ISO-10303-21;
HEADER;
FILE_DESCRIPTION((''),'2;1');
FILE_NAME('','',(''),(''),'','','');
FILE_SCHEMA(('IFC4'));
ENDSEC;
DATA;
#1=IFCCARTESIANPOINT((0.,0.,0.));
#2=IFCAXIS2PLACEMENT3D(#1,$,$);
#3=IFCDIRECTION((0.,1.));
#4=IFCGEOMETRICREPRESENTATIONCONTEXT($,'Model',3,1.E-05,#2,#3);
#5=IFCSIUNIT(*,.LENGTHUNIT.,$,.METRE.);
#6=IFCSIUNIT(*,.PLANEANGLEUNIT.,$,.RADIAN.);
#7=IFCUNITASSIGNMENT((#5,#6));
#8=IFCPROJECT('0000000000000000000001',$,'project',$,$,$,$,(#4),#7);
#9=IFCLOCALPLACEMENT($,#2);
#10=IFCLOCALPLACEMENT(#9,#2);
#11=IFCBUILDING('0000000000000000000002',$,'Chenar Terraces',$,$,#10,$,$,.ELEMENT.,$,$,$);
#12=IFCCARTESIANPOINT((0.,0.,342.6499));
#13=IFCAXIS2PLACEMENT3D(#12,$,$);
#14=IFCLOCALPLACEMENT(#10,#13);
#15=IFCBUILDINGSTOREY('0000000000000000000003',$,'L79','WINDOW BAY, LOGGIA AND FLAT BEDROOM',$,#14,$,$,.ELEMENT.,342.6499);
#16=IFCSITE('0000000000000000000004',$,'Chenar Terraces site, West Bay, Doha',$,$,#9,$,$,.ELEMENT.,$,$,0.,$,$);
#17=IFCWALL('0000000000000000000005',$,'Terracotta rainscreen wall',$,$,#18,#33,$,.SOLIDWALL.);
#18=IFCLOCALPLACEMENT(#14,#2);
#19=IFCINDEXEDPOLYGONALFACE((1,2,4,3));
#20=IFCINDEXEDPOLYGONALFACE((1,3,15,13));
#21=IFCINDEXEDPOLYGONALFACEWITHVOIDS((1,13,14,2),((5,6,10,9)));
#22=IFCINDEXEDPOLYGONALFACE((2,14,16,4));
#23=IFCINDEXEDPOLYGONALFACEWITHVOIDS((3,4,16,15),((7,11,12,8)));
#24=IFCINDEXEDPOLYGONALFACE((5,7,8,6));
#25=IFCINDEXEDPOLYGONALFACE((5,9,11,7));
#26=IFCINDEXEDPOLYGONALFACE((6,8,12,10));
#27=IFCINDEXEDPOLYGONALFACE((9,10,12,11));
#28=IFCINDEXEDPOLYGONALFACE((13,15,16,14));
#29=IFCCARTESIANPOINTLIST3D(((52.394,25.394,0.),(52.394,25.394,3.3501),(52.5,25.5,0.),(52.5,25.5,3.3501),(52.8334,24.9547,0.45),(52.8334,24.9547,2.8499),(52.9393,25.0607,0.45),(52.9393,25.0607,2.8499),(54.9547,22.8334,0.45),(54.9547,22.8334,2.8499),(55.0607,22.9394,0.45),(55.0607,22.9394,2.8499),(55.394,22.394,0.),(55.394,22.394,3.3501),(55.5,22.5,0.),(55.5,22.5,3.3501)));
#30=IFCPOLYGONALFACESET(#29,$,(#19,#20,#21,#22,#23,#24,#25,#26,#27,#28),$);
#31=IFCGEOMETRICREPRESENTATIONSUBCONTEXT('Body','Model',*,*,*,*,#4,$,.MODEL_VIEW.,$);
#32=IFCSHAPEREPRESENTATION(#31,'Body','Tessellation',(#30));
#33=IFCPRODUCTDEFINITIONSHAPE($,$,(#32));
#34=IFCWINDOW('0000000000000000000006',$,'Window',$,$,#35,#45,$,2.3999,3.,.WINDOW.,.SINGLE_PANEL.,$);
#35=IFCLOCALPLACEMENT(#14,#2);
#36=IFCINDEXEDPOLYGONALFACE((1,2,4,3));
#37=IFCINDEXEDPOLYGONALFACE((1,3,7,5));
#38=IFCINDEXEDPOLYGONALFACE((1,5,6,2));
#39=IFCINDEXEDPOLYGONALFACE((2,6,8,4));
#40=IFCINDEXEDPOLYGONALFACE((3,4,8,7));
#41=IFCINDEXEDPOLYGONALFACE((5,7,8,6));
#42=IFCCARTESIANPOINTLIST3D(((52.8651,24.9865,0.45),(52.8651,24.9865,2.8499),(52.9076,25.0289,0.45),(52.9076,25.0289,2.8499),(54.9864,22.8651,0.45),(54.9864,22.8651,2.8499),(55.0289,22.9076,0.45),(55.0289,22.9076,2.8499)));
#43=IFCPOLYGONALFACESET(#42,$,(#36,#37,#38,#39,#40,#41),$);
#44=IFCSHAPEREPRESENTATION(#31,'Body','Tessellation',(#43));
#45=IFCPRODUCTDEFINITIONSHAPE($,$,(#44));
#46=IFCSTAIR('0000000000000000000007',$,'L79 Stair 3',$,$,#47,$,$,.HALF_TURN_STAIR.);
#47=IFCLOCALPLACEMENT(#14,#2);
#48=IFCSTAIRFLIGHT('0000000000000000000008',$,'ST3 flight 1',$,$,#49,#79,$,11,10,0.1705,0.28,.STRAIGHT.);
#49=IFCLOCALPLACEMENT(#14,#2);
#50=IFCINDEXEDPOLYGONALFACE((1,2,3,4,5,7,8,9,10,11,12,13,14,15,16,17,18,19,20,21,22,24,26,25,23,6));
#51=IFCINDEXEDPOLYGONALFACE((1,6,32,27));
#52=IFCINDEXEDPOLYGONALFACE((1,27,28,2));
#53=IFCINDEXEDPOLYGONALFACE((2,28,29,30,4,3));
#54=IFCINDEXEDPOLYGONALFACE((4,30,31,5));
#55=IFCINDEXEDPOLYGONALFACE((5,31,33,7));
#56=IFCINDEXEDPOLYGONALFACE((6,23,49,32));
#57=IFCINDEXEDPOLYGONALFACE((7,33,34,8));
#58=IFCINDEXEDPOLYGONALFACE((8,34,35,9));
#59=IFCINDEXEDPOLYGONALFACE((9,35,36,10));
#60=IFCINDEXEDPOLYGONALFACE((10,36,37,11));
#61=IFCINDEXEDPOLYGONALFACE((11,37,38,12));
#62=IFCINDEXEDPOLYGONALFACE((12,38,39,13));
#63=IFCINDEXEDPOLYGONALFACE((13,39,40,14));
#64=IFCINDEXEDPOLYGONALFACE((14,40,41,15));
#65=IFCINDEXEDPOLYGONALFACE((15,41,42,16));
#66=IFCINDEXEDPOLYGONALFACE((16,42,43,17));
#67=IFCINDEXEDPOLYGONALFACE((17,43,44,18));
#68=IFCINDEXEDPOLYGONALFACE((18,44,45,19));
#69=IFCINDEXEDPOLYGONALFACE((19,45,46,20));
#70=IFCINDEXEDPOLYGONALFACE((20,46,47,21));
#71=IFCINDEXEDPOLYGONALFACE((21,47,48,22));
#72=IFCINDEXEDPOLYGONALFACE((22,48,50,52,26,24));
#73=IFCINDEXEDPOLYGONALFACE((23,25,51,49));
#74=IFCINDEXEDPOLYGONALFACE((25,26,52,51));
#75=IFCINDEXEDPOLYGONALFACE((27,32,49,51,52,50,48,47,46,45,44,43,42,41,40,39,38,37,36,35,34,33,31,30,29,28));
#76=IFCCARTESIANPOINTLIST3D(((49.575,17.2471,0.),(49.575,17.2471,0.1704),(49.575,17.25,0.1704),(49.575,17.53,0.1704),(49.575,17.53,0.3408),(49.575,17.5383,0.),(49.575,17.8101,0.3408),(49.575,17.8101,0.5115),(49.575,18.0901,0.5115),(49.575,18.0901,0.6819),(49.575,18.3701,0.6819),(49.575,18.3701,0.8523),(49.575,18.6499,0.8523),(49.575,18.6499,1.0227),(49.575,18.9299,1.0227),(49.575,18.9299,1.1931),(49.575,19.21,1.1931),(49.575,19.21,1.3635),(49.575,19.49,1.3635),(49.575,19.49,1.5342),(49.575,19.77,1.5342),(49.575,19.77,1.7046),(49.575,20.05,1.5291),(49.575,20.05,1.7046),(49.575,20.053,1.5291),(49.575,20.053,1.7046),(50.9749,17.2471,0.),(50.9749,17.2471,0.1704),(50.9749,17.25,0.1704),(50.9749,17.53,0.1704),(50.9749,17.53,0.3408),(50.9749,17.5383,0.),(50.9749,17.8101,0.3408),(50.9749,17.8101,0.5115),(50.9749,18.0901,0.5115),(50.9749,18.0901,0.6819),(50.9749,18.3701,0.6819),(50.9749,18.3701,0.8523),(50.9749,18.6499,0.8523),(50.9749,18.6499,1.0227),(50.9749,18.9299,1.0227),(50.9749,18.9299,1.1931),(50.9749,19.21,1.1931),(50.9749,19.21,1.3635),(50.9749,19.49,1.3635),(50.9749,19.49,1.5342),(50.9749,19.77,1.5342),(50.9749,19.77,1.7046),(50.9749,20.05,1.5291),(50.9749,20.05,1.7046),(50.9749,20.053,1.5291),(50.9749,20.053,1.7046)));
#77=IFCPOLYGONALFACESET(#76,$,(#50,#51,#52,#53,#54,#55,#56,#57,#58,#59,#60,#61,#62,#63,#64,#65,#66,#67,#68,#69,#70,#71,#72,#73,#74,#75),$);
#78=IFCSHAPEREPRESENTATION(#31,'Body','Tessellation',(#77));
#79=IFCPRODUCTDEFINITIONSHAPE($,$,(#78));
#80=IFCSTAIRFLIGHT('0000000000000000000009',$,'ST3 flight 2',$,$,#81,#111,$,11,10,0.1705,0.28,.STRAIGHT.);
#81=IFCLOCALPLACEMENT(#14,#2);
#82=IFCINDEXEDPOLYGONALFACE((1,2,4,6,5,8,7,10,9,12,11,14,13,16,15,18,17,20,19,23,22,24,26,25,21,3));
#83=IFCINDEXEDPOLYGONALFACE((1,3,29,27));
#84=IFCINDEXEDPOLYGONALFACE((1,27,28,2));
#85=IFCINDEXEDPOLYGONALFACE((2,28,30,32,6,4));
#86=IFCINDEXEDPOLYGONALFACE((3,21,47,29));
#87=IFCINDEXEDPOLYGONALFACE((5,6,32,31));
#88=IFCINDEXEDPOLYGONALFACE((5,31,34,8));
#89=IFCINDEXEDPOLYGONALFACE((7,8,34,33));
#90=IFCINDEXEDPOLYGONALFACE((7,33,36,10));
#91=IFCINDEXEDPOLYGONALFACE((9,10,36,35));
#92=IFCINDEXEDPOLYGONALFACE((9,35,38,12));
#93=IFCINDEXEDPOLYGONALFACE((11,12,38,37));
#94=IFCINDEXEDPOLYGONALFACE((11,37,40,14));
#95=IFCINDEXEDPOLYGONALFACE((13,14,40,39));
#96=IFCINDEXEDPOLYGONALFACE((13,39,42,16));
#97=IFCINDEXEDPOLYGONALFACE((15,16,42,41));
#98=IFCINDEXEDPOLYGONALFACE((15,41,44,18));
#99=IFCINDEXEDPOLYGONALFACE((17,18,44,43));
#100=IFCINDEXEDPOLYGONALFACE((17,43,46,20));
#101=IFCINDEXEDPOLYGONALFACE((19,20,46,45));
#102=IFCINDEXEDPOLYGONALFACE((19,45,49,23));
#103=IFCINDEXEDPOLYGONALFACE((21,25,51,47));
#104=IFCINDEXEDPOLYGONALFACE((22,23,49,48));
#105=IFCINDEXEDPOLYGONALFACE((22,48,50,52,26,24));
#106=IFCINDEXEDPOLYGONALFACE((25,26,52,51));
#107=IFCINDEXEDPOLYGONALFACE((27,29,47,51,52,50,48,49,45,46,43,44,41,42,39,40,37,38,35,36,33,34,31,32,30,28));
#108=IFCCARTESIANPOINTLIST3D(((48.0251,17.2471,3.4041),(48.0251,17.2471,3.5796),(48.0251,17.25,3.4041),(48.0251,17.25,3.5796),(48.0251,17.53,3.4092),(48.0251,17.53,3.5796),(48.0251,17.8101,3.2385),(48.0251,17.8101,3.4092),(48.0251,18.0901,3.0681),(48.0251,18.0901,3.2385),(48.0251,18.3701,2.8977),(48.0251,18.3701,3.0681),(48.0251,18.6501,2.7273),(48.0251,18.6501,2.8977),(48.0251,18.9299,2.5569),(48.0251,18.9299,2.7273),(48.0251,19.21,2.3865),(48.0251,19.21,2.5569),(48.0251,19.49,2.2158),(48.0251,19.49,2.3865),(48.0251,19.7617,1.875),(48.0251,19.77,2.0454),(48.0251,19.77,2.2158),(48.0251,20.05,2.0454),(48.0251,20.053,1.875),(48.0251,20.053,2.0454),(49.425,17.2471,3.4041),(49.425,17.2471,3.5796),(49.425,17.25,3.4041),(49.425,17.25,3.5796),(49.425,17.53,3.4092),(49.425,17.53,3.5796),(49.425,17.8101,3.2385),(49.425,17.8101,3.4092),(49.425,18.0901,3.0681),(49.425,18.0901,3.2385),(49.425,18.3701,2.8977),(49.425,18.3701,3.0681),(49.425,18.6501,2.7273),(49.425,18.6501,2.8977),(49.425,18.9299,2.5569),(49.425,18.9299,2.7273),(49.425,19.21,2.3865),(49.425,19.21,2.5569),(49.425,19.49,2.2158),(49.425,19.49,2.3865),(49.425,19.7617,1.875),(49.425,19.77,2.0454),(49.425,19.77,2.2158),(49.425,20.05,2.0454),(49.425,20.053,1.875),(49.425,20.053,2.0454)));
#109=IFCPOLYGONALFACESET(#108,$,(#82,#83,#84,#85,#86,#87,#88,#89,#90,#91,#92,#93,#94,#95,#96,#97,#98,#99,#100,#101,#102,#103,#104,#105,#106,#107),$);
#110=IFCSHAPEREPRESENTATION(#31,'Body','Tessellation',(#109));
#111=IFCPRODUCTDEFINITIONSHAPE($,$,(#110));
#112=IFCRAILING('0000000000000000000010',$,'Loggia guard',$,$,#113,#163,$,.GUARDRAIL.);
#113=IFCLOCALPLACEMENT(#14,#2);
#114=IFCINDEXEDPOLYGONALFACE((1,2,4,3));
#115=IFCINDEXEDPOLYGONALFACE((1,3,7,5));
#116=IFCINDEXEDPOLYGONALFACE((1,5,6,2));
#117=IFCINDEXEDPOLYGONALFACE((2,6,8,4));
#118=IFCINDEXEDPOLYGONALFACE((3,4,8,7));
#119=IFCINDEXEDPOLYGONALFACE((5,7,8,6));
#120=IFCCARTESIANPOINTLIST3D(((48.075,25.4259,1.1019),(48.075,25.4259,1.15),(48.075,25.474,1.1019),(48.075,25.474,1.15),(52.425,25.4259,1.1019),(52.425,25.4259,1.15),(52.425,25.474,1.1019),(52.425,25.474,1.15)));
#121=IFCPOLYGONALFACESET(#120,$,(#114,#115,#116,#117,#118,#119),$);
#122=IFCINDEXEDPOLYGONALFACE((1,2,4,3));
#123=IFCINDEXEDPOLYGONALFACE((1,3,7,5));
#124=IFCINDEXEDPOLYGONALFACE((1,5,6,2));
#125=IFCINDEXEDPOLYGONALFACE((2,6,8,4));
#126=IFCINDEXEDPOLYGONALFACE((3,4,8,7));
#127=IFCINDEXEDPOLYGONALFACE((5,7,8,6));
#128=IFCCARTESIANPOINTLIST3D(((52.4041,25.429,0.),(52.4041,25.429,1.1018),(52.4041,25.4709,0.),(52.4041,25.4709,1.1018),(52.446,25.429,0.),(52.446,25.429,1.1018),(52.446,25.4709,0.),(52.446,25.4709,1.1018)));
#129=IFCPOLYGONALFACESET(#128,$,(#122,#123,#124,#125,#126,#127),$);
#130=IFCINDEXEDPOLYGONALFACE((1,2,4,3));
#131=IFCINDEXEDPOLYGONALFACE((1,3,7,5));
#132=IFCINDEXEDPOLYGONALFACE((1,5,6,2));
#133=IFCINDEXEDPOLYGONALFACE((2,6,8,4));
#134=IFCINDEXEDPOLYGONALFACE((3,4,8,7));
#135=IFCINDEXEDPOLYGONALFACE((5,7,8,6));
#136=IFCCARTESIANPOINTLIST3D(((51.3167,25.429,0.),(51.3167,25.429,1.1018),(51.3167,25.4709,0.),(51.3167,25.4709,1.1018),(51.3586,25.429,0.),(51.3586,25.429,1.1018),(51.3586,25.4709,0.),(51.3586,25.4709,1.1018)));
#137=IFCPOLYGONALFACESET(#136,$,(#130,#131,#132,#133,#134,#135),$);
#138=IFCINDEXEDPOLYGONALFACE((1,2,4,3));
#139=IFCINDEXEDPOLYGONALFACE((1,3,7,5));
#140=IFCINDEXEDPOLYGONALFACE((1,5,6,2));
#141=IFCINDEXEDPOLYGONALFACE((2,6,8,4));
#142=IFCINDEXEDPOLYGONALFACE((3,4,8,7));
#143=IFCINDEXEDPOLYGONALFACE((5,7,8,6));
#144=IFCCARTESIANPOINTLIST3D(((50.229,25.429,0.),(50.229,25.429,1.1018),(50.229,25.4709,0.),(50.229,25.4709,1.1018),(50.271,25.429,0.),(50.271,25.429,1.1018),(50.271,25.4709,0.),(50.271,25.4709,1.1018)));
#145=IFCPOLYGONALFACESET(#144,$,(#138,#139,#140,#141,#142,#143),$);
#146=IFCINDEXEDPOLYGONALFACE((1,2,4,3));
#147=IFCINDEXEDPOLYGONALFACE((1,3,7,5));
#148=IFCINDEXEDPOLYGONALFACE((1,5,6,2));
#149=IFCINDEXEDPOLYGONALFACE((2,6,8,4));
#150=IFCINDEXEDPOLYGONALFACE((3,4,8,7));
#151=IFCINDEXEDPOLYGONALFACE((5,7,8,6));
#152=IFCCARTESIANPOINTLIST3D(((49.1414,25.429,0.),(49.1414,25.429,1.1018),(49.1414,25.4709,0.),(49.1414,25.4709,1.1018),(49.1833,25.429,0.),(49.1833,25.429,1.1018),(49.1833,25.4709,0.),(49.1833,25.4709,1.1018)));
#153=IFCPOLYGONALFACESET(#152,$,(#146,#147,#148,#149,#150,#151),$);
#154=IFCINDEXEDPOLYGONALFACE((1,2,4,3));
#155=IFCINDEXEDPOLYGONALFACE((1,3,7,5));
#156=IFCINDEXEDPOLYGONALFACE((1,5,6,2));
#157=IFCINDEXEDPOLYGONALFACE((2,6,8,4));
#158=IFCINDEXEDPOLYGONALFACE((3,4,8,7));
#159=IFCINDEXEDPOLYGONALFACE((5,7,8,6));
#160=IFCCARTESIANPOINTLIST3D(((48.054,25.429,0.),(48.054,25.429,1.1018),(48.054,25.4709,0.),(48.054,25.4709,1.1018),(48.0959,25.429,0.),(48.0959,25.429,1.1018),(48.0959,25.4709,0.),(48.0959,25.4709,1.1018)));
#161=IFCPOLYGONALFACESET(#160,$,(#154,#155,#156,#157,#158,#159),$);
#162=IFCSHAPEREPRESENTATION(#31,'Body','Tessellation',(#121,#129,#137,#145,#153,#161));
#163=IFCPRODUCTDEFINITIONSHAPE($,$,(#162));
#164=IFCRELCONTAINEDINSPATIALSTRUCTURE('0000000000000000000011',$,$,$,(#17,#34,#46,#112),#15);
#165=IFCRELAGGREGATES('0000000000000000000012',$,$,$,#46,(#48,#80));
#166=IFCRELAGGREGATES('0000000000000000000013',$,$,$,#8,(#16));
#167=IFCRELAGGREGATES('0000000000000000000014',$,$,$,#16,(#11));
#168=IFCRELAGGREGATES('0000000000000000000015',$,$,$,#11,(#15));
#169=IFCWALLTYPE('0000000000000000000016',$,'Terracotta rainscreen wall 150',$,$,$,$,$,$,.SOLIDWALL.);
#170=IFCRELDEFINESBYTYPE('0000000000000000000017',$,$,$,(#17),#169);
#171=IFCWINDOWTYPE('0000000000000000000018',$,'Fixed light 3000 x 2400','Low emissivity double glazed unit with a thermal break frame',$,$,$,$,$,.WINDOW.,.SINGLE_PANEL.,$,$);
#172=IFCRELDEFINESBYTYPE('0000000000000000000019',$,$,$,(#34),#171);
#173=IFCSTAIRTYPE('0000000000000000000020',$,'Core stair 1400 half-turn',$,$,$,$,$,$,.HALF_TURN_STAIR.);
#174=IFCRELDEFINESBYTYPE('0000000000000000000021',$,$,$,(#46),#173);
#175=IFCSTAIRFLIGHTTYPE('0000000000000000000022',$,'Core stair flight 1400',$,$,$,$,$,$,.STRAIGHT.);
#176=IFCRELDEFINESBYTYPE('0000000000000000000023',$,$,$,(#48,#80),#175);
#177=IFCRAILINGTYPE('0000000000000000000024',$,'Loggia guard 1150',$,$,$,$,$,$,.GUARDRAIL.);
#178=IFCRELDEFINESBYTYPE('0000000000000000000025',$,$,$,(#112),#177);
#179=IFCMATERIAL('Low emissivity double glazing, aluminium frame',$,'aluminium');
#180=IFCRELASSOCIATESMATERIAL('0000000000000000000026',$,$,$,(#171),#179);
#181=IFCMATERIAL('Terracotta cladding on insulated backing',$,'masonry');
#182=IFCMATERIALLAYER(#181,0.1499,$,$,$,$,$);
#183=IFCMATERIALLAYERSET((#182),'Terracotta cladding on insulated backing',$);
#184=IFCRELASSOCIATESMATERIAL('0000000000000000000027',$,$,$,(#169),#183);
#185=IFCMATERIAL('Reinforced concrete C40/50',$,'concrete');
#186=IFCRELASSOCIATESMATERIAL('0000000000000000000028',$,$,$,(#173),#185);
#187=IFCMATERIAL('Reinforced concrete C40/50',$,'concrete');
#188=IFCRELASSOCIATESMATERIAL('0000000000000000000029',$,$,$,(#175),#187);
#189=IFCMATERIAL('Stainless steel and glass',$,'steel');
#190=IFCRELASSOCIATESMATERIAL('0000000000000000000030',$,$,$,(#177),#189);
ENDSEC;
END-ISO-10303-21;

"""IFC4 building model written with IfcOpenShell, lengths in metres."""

from ifc_helpers import new_model, si_unit, direction, frame, frame_2d, origin, origin_2d, place, context, subcontext, project, spatial, polyline, rectangle, outline, extrude, material, layer, layer_set, type_object, element, fill, aggregate, save


model = new_model("IFC4")

# Units and contexts
model_context = context("Model", 3, precision=1e-05, world=origin(), true_north=direction((0.0, 1.0)))
body_context = subcontext(model_context, "Body", "Model", "MODEL_VIEW")
ifc_project = project(units=[si_unit("LENGTHUNIT", "METRE"), si_unit("PLANEANGLEUNIT", "RADIAN")], contexts=[model_context])

# Site, building, storey
site_placement = place(None, origin())
site = spatial("IfcSite", under=ifc_project, at=site_placement, Name="Chenar Terraces site, West Bay, Doha", CompositionType="ELEMENT", RefElevation=0.0)
building_placement = place(site_placement, origin())
building = spatial("IfcBuilding", under=site, at=building_placement, Name="Chenar Terraces", CompositionType="ELEMENT")
storey_placement = place(building_placement, frame((0.0, 0.0, 342.6499)))
storey = spatial("IfcBuildingStorey", under=building, at=storey_placement, Name="L79", Description="WINDOW BAY, LOGGIA AND FLAT BEDROOM", CompositionType="ELEMENT", Elevation=342.6499)

# Shared definitions
ifc_material_1 = material(Name="Low emissivity double glazing, aluminium frame", Category="aluminium")
window_type_1 = type_object("IfcWindowType", Name="Fixed light 3000 x 2400", Description="Low emissivity double glazed unit with a thermal break frame", PartitioningType="SINGLE_PANEL", PredefinedType="WINDOW", material=ifc_material_1)

# Wall, opening, window
ifc_material_2 = material(Name="Terracotta cladding on insulated backing", Category="masonry")
ifc_layer_1 = layer(ifc_material_2, 0.1499)
ifc_layer_set_1 = layer_set([ifc_layer_1], Name="Terracotta cladding on insulated backing")
wall_type_1 = type_object("IfcWallType", Name="Terracotta rainscreen wall 150", PredefinedType="SOLIDWALL", material=ifc_layer_set_1)
wall_1_placement = place(storey_placement, frame((55.447, 22.447, 0.0), z_axis=(0.0, 0.0, 1.0), x_axis=(-0.707107, 0.707107, 0.0)))
wall_1 = element("IfcWall", 1, at=wall_1_placement, inside=storey, type_object=wall_type_1, Name="Terracotta rainscreen wall", PredefinedType="SOLIDWALL", context=body_context, shape_type="SweptSolid", body=[
    extrude(rectangle(XDim=4.2427, YDim=0.1499, at=frame_2d((2.1213, 0.0))), origin(), (0.0, 0.0, 1.0), 3.3501),
])
opening_1_placement = place(wall_1_placement, frame((0.6213, 0.0, 0.45)))
opening_1 = element("IfcOpeningElement", 2, at=opening_1_placement, cuts=wall_1, PredefinedType="OPENING", context=body_context, shape_type="SweptSolid", body=[
    extrude(rectangle(XDim=3.0, YDim=2.3999, at=frame_2d((1.5, 1.2))), frame((0.0, 0.085, 0.0), z_axis=(0.0, -1.0, 0.0), x_axis=(1.0, 0.0, 0.0)), (0.0, 0.0, 1.0), 0.1699),
])
window_1_placement = place(opening_1_placement, origin())
window_1 = element("IfcWindow", 3, at=window_1_placement, inside=storey, type_object=window_type_1, Name="Window", OverallHeight=2.3999, OverallWidth=3.0, PartitioningType="SINGLE_PANEL", PredefinedType="WINDOW", context=body_context, shape_type="SweptSolid", body=[
    extrude(rectangle(XDim=3.0, YDim=2.3999, at=frame_2d((1.5, 1.2))), frame((0.0, 0.03, 0.0), z_axis=(0.0, -1.0, 0.0), x_axis=(1.0, 0.0, 0.0)), (0.0, 0.0, 1.0), 0.0601),
])
fill(opening_1, window_1)

# Stair, stair flights
ifc_material_3 = material(Name="Reinforced concrete C40/50", Category="concrete")
stair_type = type_object("IfcStairType", Name="Core stair 1400 half-turn", PredefinedType="HALF_TURN_STAIR", material=ifc_material_3)
stair_placement = place(storey_placement, origin())
stair = element("IfcStair", 4, at=stair_placement, inside=storey, type_object=stair_type, Name="L79 Stair 3", PredefinedType="HALF_TURN_STAIR")
ifc_material_4 = material(Name="Reinforced concrete C40/50", Category="concrete")
stair_flight_type = type_object("IfcStairFlightType", Name="Core stair flight 1400", PredefinedType="STRAIGHT", material=ifc_material_4)
stair_flight_1_placement = place(storey_placement, frame((50.2749, 17.25, 0.0), z_axis=(0.0, 0.0, 1.0), x_axis=(0.0, 1.0, 0.0)))
stair_flight_1 = element("IfcStairFlight", 5, at=stair_flight_1_placement, type_object=stair_flight_type, Name="ST3 flight 1", NumberOfRisers=11, NumberOfTreads=10, PredefinedType="STRAIGHT", RiserHeight=0.1705, TreadLength=0.28, context=body_context, shape_type="SweptSolid", body=[
    extrude(outline(polyline([(-0.0029, 0.0), (-0.0029, 0.1704), (0.0, 0.1704), (0.28, 0.1704), (0.28, 0.3408), (0.5601, 0.3408), (0.5601, 0.5115), (0.8401, 0.5115), (0.8401, 0.6819), (1.1201, 0.6819), (1.1201, 0.8523), (1.3999, 0.8523), (1.3999, 1.0227), (1.6799, 1.0227), (1.6799, 1.1931), (1.96, 1.1931), (1.96, 1.3635), (2.24, 1.3635), (2.24, 1.5342), (2.52, 1.5342), (2.52, 1.7046), (2.8, 1.7046), (2.803, 1.7046), (2.803, 1.5291), (2.8, 1.5291), (0.2883, 0.0), (-0.0029, 0.0)])), frame((0.0, 0.7, 0.0), z_axis=(0.0, -1.0, 0.0), x_axis=(1.0, 0.0, 0.0)), (0.0, 0.0, 1.0), 1.3999),
])
stair_flight_2_placement = place(storey_placement, frame((48.7251, 20.05, 1.875), z_axis=(0.0, 0.0, 1.0), x_axis=(0.0, -1.0, 0.0)))
stair_flight_2 = element("IfcStairFlight", 6, at=stair_flight_2_placement, type_object=stair_flight_type, Name="ST3 flight 2", NumberOfRisers=11, NumberOfTreads=10, PredefinedType="STRAIGHT", RiserHeight=0.1705, TreadLength=0.28, context=body_context, shape_type="SweptSolid", body=[
    extrude(outline(polyline([(-0.0029, 0.0), (-0.0029, 0.1704), (0.0, 0.1704), (0.28, 0.1704), (0.28, 0.3408), (0.5601, 0.3408), (0.5601, 0.5115), (0.8401, 0.5115), (0.8401, 0.6819), (1.1201, 0.6819), (1.1201, 0.8523), (1.3999, 0.8523), (1.3999, 1.0227), (1.6799, 1.0227), (1.6799, 1.1931), (1.96, 1.1931), (1.96, 1.3635), (2.24, 1.3635), (2.24, 1.5342), (2.52, 1.5342), (2.52, 1.7046), (2.8, 1.7046), (2.803, 1.7046), (2.803, 1.5291), (2.8, 1.5291), (0.2883, 0.0), (-0.0029, 0.0)])), frame((0.0, 0.7, 0.0), z_axis=(0.0, -1.0, 0.0), x_axis=(1.0, 0.0, 0.0)), (0.0, 0.0, 1.0), 1.3999),
])
aggregate(stair, [stair_flight_1, stair_flight_2])

# Railing
ifc_material_5 = material(Name="Stainless steel and glass", Category="steel")
railing_type_1 = type_object("IfcRailingType", Name="Loggia guard 1150", PredefinedType="GUARDRAIL", material=ifc_material_5)
railing_1_placement = place(storey_placement, frame((52.425, 25.45, 0.0)))
element("IfcRailing", 7, at=railing_1_placement, inside=storey, type_object=railing_type_1, Name="Loggia guard", PredefinedType="GUARDRAIL", context=body_context, shape_type="SweptSolid", body=[
    extrude(rectangle(XDim=0.0481, YDim=0.0481, at=origin_2d()), frame((0.0, 0.0, 1.126), z_axis=(-1.0, 0.0, 0.0), x_axis=(0.0, -1.0, 0.0)), (0.0, 0.0, 1.0), 4.3501),
    extrude(rectangle(XDim=0.042, YDim=0.042, at=origin_2d()), origin(), (0.0, 0.0, 1.0), 1.1018),
    extrude(rectangle(XDim=0.042, YDim=0.042, at=origin_2d()), frame((-1.0874, 0.0, 0.0)), (0.0, 0.0, 1.0), 1.1018),
    extrude(rectangle(XDim=0.042, YDim=0.042, at=origin_2d()), frame((-2.175, 0.0, 0.0)), (0.0, 0.0, 1.0), 1.1018),
    extrude(rectangle(XDim=0.042, YDim=0.042, at=origin_2d()), frame((-3.2627, 0.0, 0.0)), (0.0, 0.0, 1.0), 1.1018),
    extrude(rectangle(XDim=0.042, YDim=0.042, at=origin_2d()), frame((-4.3501, 0.0, 0.0)), (0.0, 0.0, 1.0), 1.1018),
])

save(model, "model.ifc")
